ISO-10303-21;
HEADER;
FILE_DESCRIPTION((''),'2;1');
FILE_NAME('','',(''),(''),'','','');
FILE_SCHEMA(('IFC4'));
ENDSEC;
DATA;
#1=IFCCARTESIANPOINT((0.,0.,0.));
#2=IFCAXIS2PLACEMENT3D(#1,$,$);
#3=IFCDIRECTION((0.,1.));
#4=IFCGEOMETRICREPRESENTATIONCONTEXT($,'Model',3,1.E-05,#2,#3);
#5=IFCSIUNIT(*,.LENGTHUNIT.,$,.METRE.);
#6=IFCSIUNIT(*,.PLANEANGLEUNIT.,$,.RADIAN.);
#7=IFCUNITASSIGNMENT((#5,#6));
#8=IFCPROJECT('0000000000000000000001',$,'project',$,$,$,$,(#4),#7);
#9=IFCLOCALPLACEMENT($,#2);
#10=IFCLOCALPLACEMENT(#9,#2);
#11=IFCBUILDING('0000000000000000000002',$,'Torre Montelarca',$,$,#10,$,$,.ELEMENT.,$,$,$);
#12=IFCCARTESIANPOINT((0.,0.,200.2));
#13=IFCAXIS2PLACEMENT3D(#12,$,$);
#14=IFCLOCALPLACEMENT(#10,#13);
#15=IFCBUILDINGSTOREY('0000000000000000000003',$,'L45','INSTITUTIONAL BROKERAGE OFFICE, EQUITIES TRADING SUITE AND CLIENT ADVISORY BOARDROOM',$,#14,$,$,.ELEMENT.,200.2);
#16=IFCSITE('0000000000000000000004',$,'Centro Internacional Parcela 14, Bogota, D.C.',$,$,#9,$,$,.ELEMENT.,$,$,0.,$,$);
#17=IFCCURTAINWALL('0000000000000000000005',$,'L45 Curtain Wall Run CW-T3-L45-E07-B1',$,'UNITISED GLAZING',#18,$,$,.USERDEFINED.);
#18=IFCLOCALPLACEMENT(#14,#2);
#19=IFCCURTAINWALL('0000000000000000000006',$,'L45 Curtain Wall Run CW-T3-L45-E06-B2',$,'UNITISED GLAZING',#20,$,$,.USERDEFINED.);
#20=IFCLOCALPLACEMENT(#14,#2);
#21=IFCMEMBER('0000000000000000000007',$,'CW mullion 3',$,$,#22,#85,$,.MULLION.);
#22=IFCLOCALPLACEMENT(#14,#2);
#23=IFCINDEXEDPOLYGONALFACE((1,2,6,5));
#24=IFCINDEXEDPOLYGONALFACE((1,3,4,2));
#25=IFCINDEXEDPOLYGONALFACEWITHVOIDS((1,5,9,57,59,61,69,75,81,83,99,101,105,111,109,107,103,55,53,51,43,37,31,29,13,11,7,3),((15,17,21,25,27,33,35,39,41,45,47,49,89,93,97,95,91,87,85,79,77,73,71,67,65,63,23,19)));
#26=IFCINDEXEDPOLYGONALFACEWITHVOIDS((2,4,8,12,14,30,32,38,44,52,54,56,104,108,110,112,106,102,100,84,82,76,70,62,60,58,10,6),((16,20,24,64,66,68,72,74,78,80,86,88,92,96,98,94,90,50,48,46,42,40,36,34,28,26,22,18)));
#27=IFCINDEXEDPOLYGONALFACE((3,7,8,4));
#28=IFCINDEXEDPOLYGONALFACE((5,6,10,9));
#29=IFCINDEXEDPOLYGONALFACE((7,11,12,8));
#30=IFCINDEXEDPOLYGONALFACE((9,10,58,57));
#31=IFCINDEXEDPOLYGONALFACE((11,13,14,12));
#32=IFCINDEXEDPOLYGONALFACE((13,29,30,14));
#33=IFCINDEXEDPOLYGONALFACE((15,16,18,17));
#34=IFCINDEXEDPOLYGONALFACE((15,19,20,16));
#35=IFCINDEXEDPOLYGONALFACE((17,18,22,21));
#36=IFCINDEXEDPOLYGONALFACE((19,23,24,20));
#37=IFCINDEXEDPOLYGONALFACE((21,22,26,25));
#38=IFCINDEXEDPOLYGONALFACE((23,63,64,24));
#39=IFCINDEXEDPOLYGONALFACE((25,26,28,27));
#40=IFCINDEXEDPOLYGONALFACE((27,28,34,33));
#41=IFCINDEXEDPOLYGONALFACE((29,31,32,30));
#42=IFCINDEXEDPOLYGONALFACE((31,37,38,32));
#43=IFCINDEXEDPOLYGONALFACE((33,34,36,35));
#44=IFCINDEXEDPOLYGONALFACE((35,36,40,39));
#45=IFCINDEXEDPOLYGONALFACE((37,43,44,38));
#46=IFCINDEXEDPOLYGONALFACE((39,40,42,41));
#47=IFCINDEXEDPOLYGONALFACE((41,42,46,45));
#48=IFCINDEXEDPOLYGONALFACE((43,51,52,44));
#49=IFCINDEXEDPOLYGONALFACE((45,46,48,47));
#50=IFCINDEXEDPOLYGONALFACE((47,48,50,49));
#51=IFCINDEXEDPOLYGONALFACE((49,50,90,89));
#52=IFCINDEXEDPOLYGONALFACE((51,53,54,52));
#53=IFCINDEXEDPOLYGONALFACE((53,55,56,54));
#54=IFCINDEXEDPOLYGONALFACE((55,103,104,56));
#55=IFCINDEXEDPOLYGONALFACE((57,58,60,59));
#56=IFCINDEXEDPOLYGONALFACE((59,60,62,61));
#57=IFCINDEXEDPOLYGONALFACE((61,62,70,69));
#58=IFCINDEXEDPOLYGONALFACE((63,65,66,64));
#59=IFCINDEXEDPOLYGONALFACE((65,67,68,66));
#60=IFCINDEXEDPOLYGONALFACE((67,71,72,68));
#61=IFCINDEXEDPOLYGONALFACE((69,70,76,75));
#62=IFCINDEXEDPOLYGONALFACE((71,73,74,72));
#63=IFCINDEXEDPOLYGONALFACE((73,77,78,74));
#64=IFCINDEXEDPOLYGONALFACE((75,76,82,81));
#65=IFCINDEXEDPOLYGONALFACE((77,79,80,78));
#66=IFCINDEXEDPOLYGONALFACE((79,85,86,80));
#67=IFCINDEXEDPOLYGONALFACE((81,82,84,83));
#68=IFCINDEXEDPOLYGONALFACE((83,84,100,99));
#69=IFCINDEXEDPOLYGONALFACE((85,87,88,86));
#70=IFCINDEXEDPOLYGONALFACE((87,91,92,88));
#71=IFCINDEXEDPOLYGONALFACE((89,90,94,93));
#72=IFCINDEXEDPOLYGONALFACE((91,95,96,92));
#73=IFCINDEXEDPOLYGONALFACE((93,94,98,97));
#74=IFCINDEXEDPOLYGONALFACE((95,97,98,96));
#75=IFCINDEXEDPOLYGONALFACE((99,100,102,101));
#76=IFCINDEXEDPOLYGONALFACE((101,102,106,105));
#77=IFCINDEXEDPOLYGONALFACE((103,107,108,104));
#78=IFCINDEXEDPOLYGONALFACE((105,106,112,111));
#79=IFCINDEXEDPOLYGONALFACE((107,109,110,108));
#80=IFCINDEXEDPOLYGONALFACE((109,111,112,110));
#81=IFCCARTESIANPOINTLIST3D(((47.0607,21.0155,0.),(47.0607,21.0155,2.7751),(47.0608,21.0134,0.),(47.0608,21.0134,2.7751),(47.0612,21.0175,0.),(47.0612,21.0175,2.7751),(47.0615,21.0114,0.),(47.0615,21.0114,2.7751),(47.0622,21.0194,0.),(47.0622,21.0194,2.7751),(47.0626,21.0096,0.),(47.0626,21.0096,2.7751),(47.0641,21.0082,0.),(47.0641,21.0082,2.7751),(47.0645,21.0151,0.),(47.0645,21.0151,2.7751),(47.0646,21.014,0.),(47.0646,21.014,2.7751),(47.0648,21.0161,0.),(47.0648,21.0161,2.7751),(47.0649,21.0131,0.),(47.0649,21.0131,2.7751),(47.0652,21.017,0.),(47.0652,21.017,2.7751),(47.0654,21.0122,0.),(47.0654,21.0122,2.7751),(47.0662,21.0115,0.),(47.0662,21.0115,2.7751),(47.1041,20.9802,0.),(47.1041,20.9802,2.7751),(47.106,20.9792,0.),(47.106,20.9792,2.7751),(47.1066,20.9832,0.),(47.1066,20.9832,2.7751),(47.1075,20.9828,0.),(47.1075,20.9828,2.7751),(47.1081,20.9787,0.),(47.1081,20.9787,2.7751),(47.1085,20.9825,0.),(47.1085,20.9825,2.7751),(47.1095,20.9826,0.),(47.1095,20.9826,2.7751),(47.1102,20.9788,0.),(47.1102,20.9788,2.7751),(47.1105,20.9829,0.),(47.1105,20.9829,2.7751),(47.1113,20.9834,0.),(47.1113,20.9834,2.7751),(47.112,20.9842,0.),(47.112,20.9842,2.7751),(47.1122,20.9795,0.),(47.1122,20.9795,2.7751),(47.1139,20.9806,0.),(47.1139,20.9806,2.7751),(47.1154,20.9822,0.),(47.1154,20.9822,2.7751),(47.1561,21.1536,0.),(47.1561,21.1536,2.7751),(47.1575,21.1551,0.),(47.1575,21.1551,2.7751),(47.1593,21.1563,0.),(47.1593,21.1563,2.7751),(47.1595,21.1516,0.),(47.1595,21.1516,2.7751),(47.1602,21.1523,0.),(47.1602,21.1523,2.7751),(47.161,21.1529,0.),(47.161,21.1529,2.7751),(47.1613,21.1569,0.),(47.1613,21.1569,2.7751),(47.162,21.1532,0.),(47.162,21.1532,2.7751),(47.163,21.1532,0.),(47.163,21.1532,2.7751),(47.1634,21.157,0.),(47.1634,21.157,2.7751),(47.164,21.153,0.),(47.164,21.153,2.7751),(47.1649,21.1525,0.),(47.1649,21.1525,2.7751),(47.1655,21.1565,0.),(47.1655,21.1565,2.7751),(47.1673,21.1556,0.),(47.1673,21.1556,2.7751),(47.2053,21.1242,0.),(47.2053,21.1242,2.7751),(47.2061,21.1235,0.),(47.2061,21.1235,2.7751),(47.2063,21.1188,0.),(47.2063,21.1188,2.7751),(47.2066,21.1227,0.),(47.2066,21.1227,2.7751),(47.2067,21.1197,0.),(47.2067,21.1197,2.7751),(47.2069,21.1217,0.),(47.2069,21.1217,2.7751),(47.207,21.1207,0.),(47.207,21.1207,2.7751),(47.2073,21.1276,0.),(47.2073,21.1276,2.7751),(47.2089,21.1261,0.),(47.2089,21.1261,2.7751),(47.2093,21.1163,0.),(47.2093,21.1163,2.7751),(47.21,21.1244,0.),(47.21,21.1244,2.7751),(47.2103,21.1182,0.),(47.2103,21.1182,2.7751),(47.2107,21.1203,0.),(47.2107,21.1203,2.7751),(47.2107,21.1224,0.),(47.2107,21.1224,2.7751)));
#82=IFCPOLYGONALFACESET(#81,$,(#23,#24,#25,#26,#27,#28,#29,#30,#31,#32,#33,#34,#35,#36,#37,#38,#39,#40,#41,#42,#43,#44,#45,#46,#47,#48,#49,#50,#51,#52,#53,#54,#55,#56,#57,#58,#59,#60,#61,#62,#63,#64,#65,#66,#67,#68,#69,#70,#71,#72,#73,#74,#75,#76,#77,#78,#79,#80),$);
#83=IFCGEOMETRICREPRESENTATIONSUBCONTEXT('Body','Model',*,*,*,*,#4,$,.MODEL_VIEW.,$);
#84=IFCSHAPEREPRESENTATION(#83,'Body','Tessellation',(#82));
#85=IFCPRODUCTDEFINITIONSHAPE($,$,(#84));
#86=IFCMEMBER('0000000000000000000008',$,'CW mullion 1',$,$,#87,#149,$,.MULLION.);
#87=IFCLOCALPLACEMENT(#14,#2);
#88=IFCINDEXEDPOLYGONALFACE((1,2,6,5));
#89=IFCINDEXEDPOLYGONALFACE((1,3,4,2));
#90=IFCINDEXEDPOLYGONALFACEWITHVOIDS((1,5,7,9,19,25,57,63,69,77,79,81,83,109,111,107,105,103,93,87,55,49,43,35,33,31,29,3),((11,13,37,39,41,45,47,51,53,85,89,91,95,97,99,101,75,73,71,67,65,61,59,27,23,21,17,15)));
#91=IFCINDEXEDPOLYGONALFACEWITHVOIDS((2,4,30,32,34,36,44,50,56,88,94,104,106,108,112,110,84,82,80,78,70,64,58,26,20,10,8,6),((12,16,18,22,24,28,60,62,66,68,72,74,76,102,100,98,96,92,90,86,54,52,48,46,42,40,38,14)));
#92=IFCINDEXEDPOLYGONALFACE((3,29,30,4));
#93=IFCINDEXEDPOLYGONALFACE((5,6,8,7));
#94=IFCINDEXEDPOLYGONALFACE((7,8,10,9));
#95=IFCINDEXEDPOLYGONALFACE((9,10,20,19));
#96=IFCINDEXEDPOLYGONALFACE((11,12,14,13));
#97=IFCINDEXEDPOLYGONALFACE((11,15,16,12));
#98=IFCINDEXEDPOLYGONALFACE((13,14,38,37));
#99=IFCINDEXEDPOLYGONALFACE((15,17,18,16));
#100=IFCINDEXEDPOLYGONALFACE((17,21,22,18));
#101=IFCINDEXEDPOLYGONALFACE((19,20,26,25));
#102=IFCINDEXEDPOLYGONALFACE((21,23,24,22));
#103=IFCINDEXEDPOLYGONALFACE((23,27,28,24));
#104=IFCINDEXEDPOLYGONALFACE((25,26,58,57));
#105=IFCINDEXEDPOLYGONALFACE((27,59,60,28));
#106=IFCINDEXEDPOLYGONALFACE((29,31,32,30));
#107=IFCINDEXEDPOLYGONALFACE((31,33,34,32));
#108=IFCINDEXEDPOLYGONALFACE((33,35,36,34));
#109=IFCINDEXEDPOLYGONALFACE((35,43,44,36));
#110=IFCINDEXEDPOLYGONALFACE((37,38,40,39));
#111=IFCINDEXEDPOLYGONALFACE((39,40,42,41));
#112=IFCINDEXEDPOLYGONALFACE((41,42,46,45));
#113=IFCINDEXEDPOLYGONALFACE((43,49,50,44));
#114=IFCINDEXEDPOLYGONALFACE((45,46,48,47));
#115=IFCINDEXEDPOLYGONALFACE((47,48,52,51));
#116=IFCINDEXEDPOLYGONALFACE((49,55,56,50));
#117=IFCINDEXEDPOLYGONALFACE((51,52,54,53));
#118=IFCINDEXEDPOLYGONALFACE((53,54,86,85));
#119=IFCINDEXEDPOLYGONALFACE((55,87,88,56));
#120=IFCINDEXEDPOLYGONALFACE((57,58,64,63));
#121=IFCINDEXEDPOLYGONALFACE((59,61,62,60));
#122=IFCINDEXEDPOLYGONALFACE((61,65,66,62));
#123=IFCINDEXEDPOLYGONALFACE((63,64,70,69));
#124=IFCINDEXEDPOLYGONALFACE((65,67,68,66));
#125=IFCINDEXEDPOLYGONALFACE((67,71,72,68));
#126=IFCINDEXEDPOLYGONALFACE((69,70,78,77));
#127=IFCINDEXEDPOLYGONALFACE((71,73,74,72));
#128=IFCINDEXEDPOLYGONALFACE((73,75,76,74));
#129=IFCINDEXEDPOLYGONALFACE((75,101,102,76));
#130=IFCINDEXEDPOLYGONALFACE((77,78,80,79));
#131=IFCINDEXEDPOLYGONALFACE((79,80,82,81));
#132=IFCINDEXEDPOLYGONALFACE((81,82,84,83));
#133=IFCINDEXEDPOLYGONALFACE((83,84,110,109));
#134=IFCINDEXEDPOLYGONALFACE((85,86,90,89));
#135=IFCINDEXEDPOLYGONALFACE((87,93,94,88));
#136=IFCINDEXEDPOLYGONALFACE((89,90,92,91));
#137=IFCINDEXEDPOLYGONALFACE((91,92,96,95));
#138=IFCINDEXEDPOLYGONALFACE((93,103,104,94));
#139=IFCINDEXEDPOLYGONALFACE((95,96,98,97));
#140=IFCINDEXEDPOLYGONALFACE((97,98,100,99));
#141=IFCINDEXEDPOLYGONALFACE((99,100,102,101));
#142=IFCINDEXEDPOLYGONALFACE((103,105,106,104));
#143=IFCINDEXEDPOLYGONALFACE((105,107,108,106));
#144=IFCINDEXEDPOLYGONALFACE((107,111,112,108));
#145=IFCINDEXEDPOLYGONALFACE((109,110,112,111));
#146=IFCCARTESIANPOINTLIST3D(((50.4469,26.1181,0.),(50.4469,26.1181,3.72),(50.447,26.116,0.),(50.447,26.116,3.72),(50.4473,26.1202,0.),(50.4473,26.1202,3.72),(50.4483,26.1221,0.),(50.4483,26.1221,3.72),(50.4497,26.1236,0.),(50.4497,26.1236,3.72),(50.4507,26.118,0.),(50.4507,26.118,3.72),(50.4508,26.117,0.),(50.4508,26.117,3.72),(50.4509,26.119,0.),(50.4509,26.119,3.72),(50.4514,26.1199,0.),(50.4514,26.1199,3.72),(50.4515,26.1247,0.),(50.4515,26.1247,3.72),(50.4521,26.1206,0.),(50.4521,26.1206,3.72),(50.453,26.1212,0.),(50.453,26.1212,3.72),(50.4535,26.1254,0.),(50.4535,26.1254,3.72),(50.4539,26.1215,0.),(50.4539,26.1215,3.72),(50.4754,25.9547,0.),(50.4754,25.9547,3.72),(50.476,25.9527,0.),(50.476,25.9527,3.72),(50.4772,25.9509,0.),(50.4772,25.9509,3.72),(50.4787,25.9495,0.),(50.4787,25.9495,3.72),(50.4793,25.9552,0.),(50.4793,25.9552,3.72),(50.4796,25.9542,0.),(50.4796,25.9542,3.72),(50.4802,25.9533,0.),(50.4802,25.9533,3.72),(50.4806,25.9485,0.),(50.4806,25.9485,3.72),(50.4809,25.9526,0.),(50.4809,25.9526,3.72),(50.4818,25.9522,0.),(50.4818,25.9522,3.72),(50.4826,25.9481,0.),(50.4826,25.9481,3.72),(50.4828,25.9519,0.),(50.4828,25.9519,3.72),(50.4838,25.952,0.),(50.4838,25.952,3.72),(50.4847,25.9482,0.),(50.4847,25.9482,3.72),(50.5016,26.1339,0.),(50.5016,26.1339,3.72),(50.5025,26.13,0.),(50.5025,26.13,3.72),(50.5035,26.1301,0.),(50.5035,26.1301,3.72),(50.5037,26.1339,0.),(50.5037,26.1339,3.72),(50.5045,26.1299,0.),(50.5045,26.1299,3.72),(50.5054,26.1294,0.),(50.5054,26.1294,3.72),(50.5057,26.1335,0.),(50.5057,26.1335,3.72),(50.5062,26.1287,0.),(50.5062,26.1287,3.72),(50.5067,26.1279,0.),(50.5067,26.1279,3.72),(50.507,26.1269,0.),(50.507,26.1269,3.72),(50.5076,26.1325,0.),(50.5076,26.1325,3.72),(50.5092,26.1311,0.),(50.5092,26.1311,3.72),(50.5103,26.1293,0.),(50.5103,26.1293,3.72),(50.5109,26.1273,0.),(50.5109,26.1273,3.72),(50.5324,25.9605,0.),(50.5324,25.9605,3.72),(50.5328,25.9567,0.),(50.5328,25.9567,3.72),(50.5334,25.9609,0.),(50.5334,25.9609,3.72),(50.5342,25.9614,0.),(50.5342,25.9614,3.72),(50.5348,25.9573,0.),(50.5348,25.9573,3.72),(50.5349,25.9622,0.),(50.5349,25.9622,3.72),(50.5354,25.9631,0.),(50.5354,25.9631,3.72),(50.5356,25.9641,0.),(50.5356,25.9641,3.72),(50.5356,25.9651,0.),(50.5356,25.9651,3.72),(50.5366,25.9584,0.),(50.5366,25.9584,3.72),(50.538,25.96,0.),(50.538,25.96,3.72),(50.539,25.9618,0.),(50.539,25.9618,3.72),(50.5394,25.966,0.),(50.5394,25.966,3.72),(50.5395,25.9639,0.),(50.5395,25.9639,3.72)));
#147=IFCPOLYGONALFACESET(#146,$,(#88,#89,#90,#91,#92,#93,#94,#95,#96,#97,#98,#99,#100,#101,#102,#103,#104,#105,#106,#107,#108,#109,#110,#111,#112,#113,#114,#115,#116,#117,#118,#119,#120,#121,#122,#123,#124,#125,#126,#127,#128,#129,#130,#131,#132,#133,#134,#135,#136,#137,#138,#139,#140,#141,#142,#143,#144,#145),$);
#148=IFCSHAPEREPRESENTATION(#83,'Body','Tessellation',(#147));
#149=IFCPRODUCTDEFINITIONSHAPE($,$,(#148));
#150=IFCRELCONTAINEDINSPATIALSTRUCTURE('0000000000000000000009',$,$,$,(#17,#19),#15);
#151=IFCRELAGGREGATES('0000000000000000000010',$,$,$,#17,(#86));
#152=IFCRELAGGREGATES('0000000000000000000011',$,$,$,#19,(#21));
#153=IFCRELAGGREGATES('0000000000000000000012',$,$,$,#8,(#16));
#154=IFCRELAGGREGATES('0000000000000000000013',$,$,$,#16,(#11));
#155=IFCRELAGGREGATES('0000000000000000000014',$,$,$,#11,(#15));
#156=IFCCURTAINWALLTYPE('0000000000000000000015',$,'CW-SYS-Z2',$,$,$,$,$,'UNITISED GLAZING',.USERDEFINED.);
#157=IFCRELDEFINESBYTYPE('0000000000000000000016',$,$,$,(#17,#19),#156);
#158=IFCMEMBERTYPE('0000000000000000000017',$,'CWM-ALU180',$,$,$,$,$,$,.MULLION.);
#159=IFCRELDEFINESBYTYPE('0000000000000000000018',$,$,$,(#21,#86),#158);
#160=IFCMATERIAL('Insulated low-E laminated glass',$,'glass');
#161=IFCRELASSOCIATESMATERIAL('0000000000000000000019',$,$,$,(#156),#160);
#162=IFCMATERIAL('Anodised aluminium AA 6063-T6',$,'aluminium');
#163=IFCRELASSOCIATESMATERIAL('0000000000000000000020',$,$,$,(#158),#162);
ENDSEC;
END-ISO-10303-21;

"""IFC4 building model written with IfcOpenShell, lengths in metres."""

from ifc_helpers import new_model, si_unit, direction, frame, origin, origin_2d, place, context, subcontext, project, spatial, hollow_rectangle, extrude, source, transform, mapped, material, material_profile, profile_set, type_object, element, aggregate, save


model = new_model("IFC4")

# Units and contexts
model_context = context("Model", 3, precision=1e-05, world=origin(), true_north=direction((0.0, 1.0)))
body_context = subcontext(model_context, "Body", "Model", "MODEL_VIEW")
ifc_project = project(units=[si_unit("LENGTHUNIT", "METRE"), si_unit("PLANEANGLEUNIT", "RADIAN")], contexts=[model_context])

# Site, building, storey
site_placement = place(None, origin())
site = spatial("IfcSite", under=ifc_project, at=site_placement, Name="Centro Internacional Parcela 14, Bogota, D.C.", CompositionType="ELEMENT", RefElevation=0.0)
building_placement = place(site_placement, origin())
building = spatial("IfcBuilding", under=site, at=building_placement, Name="Torre Montelarca", CompositionType="ELEMENT")
storey_placement = place(building_placement, frame((0.0, 0.0, 200.2)))
storey = spatial("IfcBuildingStorey", under=building, at=storey_placement, Name="L45", Description="INSTITUTIONAL BROKERAGE OFFICE, EQUITIES TRADING SUITE AND CLIENT ADVISORY BOARDROOM", CompositionType="ELEMENT", Elevation=200.2)

# Curtain wall
ifc_material_1 = material(Name="Insulated low-E laminated glass", Category="glass")
curtain_wall_type = type_object("IfcCurtainWallType", Name="CW-SYS-Z2", ElementType="UNITISED GLAZING", PredefinedType="USERDEFINED", material=ifc_material_1)
curtain_wall_1_placement = place(storey_placement, origin())
curtain_wall_1 = element("IfcCurtainWall", 1, at=curtain_wall_1_placement, inside=storey, type_object=curtain_wall_type, Name="L45 Curtain Wall Run CW-T3-L45-E07-B1", ObjectType="UNITISED GLAZING", PredefinedType="USERDEFINED")
ifc_material_2 = material(Name="Anodised aluminium AA 6063-T6", Category="aluminium")

# Shared definitions
ifc_material_profile_1 = material_profile(ifc_material_2, hollow_rectangle(XDim=0.0649, YDim=0.1799, WallThickness=0.0039, InnerFilletRadius=0.0039, OuterFilletRadius=0.0081, at=origin_2d()), Name="ALU65X180X4", Category="aluminium")
ifc_profile_set_1 = profile_set([ifc_material_profile_1], Name="Anodised aluminium AA 6063-T6")
member_type_1 = type_object("IfcMemberType", Name="CWM-ALU180", PredefinedType="MULLION", material=ifc_profile_set_1)
shared_shape_1 = source(origin(), body_context, "Body", "SweptSolid", [
    extrude(hollow_rectangle(XDim=0.0649, YDim=0.1799, WallThickness=0.0039, InnerFilletRadius=0.0039, OuterFilletRadius=0.0081, at=origin_2d()), origin(), (0.0, 0.0, 1.0), 2.7751),
])

# Curtain wall, member
curtain_wall_2_placement = place(storey_placement, origin())
curtain_wall_2 = element("IfcCurtainWall", 2, at=curtain_wall_2_placement, inside=storey, type_object=curtain_wall_type, Name="L45 Curtain Wall Run CW-T3-L45-E06-B2", ObjectType="UNITISED GLAZING", PredefinedType="USERDEFINED")
member_1_placement = place(storey_placement, frame((47.1357, 21.0679, 0.0), z_axis=(0.0, 0.0, 1.0), x_axis=(-0.819161, 0.573563, 0.0)))
member_1 = element("IfcMember", 3, at=member_1_placement, type_object=member_type_1, Name="CW mullion 3", PredefinedType="MULLION", context=body_context, shape_type="MappedRepresentation", body=[
    mapped(shared_shape_1, transform((0.0, 0.0, 0.0), scale=1.0)),
])

# Member
shared_shape_2 = source(origin(), body_context, "Body", "SweptSolid", [
    extrude(hollow_rectangle(XDim=0.0649, YDim=0.1799, WallThickness=0.0039, InnerFilletRadius=0.0039, OuterFilletRadius=0.0081, at=origin_2d()), origin(), (0.0, 0.0, 1.0), 3.72),
])
member_2_placement = place(storey_placement, frame((50.4932, 26.041, 0.0), z_axis=(0.0, 0.0, 1.0), x_axis=(-0.98481, -0.173634, 0.0)))
member_2 = element("IfcMember", 4, at=member_2_placement, type_object=member_type_1, Name="CW mullion 1", PredefinedType="MULLION", context=body_context, shape_type="MappedRepresentation", body=[
    mapped(shared_shape_2, transform((0.0, 0.0, 0.0), scale=1.0)),
])
aggregate(curtain_wall_1, [member_2])

aggregate(curtain_wall_2, [member_1])

save(model, "model.ifc")
